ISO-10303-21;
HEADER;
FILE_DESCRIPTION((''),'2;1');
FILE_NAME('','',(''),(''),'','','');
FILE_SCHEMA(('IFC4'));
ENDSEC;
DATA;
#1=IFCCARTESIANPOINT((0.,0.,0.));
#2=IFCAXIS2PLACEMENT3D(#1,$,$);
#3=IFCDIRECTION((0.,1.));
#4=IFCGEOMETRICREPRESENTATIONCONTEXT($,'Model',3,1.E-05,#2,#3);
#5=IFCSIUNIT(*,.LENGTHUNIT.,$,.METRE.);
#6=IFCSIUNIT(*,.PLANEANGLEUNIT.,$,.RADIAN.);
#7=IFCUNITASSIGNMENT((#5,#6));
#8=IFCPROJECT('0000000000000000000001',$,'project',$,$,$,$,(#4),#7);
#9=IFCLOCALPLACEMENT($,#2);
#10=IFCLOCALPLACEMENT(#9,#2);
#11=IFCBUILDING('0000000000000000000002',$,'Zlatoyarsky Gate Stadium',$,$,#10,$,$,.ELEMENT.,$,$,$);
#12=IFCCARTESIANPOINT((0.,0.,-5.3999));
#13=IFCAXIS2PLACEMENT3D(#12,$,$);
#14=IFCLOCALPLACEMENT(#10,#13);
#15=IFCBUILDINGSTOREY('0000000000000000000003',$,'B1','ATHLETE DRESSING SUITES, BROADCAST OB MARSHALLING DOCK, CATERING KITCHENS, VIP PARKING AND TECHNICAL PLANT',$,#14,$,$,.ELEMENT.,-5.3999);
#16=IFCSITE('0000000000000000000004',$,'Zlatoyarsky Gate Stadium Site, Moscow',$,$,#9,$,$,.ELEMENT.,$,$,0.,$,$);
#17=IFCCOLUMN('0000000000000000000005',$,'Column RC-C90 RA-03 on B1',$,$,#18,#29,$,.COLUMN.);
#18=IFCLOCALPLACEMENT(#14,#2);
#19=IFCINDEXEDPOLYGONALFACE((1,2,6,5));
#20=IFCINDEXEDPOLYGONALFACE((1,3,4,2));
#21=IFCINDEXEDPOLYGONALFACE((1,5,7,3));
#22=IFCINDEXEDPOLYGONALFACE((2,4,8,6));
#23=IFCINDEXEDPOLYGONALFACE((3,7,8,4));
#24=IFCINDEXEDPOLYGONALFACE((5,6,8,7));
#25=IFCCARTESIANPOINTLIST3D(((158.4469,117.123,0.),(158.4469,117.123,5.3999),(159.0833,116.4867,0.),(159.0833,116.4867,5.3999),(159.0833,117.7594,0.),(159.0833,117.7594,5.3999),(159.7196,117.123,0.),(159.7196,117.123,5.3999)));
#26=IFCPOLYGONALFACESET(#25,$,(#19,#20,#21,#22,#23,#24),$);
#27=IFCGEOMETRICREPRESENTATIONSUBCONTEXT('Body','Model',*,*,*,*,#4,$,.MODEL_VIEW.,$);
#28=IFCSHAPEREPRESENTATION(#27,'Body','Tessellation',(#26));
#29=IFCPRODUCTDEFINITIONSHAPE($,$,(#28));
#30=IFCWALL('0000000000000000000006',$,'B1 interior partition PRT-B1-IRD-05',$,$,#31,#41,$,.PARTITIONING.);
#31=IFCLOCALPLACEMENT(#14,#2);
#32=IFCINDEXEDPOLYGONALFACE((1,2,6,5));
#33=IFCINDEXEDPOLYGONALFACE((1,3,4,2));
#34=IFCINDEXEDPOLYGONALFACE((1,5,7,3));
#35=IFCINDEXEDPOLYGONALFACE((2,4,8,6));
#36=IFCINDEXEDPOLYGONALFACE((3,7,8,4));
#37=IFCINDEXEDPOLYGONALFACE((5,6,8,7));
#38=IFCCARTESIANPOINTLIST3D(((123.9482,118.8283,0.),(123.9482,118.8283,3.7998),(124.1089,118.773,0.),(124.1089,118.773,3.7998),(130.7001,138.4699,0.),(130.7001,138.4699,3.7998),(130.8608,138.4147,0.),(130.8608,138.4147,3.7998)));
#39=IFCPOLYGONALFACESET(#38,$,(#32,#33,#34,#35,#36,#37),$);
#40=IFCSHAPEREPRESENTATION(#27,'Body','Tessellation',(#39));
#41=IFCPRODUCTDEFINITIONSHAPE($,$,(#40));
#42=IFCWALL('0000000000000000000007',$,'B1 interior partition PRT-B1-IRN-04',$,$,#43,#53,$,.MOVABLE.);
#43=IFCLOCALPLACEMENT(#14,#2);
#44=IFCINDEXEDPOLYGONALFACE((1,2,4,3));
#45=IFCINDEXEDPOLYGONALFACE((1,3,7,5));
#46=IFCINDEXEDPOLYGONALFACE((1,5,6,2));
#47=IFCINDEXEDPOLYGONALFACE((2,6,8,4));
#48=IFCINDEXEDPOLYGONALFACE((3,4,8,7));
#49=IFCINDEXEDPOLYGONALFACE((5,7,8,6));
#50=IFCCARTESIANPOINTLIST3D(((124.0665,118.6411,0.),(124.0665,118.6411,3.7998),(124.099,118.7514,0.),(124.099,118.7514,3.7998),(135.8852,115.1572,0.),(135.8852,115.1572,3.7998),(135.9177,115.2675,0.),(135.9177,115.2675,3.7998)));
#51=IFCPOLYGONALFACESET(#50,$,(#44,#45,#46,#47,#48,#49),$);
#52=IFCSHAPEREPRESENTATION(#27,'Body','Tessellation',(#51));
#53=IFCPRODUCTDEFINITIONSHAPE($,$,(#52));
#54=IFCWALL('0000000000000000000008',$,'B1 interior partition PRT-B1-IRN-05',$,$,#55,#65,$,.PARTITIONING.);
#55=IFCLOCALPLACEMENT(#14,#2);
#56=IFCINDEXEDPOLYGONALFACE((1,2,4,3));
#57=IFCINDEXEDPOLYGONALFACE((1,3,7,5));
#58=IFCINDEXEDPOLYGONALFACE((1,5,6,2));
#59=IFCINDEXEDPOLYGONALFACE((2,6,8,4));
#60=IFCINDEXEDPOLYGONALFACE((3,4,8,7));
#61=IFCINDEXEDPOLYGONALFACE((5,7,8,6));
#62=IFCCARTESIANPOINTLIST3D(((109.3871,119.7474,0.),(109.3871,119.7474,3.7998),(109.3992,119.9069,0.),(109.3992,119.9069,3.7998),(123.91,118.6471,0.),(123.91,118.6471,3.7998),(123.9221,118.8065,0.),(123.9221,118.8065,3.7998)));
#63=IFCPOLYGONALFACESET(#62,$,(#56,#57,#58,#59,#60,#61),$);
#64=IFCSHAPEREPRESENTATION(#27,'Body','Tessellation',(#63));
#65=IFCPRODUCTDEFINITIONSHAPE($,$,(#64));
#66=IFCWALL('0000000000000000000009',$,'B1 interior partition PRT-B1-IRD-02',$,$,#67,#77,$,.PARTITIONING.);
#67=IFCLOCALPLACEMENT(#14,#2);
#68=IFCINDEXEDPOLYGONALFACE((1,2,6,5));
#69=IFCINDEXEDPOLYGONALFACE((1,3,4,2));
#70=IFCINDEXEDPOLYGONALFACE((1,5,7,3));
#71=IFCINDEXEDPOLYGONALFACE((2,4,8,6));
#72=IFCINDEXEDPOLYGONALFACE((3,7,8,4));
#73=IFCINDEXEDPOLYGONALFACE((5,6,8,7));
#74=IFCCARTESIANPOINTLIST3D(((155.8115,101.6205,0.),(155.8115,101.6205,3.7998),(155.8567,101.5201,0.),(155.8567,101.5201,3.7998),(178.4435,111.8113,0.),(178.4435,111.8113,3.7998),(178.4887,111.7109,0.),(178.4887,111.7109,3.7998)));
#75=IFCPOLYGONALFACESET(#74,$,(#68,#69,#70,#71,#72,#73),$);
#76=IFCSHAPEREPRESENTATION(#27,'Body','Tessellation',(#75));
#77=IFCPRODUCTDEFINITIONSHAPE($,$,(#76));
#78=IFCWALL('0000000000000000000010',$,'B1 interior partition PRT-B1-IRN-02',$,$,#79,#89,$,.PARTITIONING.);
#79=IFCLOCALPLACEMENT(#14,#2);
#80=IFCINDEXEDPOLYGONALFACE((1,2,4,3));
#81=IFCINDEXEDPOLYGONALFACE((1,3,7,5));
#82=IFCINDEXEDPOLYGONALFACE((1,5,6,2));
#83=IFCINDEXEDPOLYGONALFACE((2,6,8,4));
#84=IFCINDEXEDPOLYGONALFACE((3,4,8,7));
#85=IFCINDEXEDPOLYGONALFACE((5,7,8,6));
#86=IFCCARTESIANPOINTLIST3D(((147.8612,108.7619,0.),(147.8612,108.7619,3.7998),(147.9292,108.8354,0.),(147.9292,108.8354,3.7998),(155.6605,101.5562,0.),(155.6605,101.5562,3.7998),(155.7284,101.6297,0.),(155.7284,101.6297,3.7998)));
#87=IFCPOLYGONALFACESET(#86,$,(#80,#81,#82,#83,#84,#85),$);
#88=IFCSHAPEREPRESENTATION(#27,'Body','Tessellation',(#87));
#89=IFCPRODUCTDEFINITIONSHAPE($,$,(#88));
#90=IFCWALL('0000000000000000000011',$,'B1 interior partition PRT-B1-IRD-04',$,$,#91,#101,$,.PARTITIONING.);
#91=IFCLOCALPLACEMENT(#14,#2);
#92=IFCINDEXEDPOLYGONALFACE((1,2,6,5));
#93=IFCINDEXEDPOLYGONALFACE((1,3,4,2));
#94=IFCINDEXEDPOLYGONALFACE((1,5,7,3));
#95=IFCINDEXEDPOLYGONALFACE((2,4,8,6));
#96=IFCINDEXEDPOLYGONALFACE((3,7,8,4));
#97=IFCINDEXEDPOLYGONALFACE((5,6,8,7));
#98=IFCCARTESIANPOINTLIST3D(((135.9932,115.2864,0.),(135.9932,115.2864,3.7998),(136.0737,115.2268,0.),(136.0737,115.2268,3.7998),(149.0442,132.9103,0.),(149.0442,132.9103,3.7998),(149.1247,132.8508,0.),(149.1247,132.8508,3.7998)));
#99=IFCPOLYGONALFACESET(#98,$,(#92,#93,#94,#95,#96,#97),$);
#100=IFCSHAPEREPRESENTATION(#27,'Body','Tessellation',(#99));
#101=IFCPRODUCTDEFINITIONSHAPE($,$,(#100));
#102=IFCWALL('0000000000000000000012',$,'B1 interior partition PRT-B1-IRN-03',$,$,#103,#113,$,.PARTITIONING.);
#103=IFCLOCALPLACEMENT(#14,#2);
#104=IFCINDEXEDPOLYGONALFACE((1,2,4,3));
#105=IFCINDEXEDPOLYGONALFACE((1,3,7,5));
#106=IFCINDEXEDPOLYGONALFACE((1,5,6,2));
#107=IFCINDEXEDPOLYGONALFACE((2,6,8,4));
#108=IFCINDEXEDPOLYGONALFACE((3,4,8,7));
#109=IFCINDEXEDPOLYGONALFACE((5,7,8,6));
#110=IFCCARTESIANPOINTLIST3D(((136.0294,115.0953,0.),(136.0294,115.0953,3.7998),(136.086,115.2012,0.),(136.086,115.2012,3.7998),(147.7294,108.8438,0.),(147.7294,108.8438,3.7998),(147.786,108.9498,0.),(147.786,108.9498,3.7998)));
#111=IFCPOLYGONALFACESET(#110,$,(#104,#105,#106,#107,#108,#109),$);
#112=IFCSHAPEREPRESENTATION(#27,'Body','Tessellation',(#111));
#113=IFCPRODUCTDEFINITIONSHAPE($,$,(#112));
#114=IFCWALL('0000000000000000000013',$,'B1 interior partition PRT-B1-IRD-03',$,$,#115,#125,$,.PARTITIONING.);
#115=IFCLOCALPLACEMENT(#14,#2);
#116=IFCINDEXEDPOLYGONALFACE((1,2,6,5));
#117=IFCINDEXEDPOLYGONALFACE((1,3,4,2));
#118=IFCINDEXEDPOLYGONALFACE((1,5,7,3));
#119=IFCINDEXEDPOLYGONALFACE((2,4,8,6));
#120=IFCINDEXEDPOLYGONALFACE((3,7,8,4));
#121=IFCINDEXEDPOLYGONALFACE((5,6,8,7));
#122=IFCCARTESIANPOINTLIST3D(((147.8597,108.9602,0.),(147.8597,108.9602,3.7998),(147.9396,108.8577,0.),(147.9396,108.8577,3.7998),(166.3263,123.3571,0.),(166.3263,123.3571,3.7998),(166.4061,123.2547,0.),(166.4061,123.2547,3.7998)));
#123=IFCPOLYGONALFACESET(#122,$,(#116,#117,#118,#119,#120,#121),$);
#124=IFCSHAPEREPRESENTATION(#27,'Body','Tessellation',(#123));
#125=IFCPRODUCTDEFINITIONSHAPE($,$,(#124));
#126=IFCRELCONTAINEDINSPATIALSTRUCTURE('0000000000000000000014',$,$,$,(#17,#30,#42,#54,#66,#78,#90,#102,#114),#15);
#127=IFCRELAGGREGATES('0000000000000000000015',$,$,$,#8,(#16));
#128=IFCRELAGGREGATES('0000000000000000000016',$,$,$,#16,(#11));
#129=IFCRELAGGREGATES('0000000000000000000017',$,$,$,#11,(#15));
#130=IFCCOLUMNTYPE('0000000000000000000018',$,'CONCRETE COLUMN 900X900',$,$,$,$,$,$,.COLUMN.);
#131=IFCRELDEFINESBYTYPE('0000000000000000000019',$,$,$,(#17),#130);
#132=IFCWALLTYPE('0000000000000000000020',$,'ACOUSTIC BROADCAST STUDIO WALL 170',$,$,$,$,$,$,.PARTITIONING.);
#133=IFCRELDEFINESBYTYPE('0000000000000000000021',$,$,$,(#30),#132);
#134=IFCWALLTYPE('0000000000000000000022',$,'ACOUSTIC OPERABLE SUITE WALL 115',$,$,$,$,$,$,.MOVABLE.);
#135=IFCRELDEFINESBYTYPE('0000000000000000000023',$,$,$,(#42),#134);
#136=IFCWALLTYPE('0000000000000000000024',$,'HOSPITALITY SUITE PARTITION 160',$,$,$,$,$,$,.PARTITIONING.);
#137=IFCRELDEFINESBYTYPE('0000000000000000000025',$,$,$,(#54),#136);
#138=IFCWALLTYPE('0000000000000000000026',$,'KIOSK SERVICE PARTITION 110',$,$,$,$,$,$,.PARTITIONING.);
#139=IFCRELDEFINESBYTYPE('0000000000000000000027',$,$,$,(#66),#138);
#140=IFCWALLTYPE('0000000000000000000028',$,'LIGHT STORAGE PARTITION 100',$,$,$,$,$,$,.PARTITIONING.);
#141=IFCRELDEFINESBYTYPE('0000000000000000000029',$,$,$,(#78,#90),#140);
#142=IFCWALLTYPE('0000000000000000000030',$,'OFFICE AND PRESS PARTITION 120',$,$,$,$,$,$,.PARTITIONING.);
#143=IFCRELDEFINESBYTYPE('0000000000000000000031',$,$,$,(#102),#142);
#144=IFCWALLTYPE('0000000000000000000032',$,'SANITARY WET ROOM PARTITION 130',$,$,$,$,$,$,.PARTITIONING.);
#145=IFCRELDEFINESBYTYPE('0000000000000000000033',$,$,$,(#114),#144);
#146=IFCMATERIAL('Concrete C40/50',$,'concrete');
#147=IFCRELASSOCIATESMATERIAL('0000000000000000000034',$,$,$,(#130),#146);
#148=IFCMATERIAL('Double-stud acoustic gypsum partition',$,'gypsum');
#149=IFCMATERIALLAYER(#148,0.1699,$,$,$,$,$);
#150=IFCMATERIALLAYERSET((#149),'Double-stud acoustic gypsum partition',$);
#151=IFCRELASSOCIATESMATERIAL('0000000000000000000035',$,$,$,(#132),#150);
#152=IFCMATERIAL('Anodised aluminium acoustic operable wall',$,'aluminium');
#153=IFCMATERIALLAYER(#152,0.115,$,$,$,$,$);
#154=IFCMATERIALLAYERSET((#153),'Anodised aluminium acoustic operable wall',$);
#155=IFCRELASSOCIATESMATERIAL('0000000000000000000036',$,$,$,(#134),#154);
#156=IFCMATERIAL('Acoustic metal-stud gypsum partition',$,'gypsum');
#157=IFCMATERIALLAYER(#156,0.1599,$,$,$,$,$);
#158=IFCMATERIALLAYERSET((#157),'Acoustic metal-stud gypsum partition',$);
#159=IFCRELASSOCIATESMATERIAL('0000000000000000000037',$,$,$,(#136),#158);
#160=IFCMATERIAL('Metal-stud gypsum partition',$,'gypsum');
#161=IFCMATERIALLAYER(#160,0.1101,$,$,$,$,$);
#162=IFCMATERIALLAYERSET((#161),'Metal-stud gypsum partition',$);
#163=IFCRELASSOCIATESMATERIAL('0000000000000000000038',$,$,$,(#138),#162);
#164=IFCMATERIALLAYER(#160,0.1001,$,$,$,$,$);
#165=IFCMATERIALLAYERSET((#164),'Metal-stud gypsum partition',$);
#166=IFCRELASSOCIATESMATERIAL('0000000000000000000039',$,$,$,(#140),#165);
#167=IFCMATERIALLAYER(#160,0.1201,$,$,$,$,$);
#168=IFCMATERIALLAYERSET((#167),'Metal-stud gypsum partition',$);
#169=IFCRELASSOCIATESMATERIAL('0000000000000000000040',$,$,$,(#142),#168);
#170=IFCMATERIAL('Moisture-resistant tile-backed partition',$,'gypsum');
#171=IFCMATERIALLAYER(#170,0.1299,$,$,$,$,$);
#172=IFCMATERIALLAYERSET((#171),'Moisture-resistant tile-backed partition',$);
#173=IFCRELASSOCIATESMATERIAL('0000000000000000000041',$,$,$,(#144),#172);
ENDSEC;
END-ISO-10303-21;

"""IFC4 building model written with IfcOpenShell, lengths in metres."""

from ifc_helpers import new_model, si_unit, direction, frame, frame_2d, origin, origin_2d, place, context, subcontext, project, spatial, rectangle, extrude, material, layer, layer_set, material_profile, profile_set, type_object, element, save


model = new_model("IFC4")

# Units and contexts
model_context = context("Model", 3, precision=1e-05, world=origin(), true_north=direction((0.0, 1.0)))
body_context = subcontext(model_context, "Body", "Model", "MODEL_VIEW")
ifc_project = project(units=[si_unit("LENGTHUNIT", "METRE"), si_unit("PLANEANGLEUNIT", "RADIAN")], contexts=[model_context])

# Site, building, storey
site_placement = place(None, origin())
site = spatial("IfcSite", under=ifc_project, at=site_placement, Name="Zlatoyarsky Gate Stadium Site, Moscow", CompositionType="ELEMENT", RefElevation=0.0)
building_placement = place(site_placement, origin())
building = spatial("IfcBuilding", under=site, at=building_placement, Name="Zlatoyarsky Gate Stadium", CompositionType="ELEMENT")
storey_placement = place(building_placement, frame((0.0, 0.0, -5.3999)))
storey = spatial("IfcBuildingStorey", under=building, at=storey_placement, Name="B1", Description="ATHLETE DRESSING SUITES, BROADCAST OB MARSHALLING DOCK, CATERING KITCHENS, VIP PARKING AND TECHNICAL PLANT", CompositionType="ELEMENT", Elevation=-5.3999)

# Column
ifc_material_1 = material(Name="Concrete C40/50", Category="concrete")
ifc_material_profile_1 = material_profile(ifc_material_1, rectangle(XDim=0.8999, YDim=0.8999, at=origin_2d()), Name="RC COL 900X900")
ifc_profile_set_1 = profile_set([ifc_material_profile_1], Name="Concrete C40/50")
column_type_1 = type_object("IfcColumnType", Name="CONCRETE COLUMN 900X900", PredefinedType="COLUMN", material=ifc_profile_set_1)
column_placement = place(storey_placement, frame((159.0833, 117.123, 0.0), z_axis=(0.0, 0.0, 1.0), x_axis=(0.707107, 0.707107, 0.0)))
element("IfcColumn", 1, at=column_placement, inside=storey, type_object=column_type_1, Name="Column RC-C90 RA-03 on B1", PredefinedType="COLUMN", context=body_context, shape_type="SweptSolid", body=[
    extrude(rectangle(XDim=0.8999, YDim=0.8999, at=origin_2d()), origin(), (0.0, 0.0, 1.0), 5.3999),
])

# Walls
ifc_material_2 = material(Name="Double-stud acoustic gypsum partition", Category="gypsum")
ifc_layer_1 = layer(ifc_material_2, 0.1699)
ifc_layer_set_1 = layer_set([ifc_layer_1], Name="Double-stud acoustic gypsum partition")
wall_type_1 = type_object("IfcWallType", Name="ACOUSTIC BROADCAST STUDIO WALL 170", PredefinedType="PARTITIONING", material=ifc_layer_set_1)
wall_1_placement = place(storey_placement, frame((124.0286, 118.8008, 0.0), z_axis=(0.0, 0.0, 1.0), x_axis=(0.325086, 0.945684, 0.0)))
element("IfcWall", 2, at=wall_1_placement, inside=storey, type_object=wall_type_1, Name="B1 interior partition PRT-B1-IRD-05", PredefinedType="PARTITIONING", context=body_context, shape_type="SweptSolid", body=[
    extrude(rectangle(XDim=20.7698, YDim=0.1699, at=frame_2d((10.3848, 0.0))), origin(), (0.0, 0.0, 1.0), 3.7998),
])
ifc_material_3 = material(Name="Anodised aluminium acoustic operable wall", Category="aluminium")
ifc_layer_2 = layer(ifc_material_3, 0.115)
ifc_layer_set_2 = layer_set([ifc_layer_2], Name="Anodised aluminium acoustic operable wall")
wall_type_2 = type_object("IfcWallType", Name="ACOUSTIC OPERABLE SUITE WALL 115", PredefinedType="MOVABLE", material=ifc_layer_set_2)
wall_2_placement = place(storey_placement, frame((135.9014, 115.2124, 0.0), z_axis=(0.0, 0.0, 1.0), x_axis=(-0.959195, 0.282746, 0.0)))
element("IfcWall", 3, at=wall_2_placement, inside=storey, type_object=wall_type_2, Name="B1 interior partition PRT-B1-IRN-04", PredefinedType="MOVABLE", context=body_context, shape_type="SweptSolid", body=[
    extrude(rectangle(XDim=12.3215, YDim=0.115, at=frame_2d((6.1606, 0.0))), origin(), (0.0, 0.0, 1.0), 3.7998),
])
ifc_material_4 = material(Name="Acoustic metal-stud gypsum partition", Category="gypsum")
ifc_layer_3 = layer(ifc_material_4, 0.1599)
ifc_layer_set_3 = layer_set([ifc_layer_3], Name="Acoustic metal-stud gypsum partition")
wall_type_3 = type_object("IfcWallType", Name="HOSPITALITY SUITE PARTITION 160", PredefinedType="PARTITIONING", material=ifc_layer_set_3)
wall_3_placement = place(storey_placement, frame((123.916, 118.7268, 0.0), z_axis=(0.0, 0.0, 1.0), x_axis=(-0.997142, 0.075549, 0.0)))
element("IfcWall", 4, at=wall_3_placement, inside=storey, type_object=wall_type_3, Name="B1 interior partition PRT-B1-IRN-05", PredefinedType="PARTITIONING", context=body_context, shape_type="SweptSolid", body=[
    extrude(rectangle(XDim=14.5645, YDim=0.1599, at=frame_2d((7.2822, 0.0))), origin(), (0.0, 0.0, 1.0), 3.7998),
])
ifc_material_5 = material(Name="Metal-stud gypsum partition", Category="gypsum")
ifc_layer_4 = layer(ifc_material_5, 0.1101)
ifc_layer_set_4 = layer_set([ifc_layer_4], Name="Metal-stud gypsum partition")
wall_type_4 = type_object("IfcWallType", Name="KIOSK SERVICE PARTITION 110", PredefinedType="PARTITIONING", material=ifc_layer_set_4)
wall_4_placement = place(storey_placement, frame((155.8342, 101.5703, 0.0), z_axis=(0.0, 0.0, 1.0), x_axis=(0.911824, 0.410582, 0.0)))
element("IfcWall", 5, at=wall_4_placement, inside=storey, type_object=wall_type_4, Name="B1 interior partition PRT-B1-IRD-02", PredefinedType="PARTITIONING", context=body_context, shape_type="SweptSolid", body=[
    extrude(rectangle(XDim=24.8206, YDim=0.1101, at=frame_2d((12.4102, 0.0))), origin(), (0.0, 0.0, 1.0), 3.7998),
])
ifc_layer_5 = layer(ifc_material_5, 0.1001)
ifc_layer_set_5 = layer_set([ifc_layer_5], Name="Metal-stud gypsum partition")
wall_type_5 = type_object("IfcWallType", Name="LIGHT STORAGE PARTITION 100", PredefinedType="PARTITIONING", material=ifc_layer_set_5)
wall_5_placement = place(storey_placement, frame((155.6943, 101.593, 0.0), z_axis=(0.0, 0.0, 1.0), x_axis=(-0.734501, 0.678608, 0.0)))
element("IfcWall", 6, at=wall_5_placement, inside=storey, type_object=wall_type_5, Name="B1 interior partition PRT-B1-IRN-02", PredefinedType="PARTITIONING", context=body_context, shape_type="SweptSolid", body=[
    extrude(rectangle(XDim=10.6184, YDim=0.1001, at=frame_2d((5.3091, 0.0))), origin(), (0.0, 0.0, 1.0), 3.7998),
])
wall_6_placement = place(storey_placement, frame((136.0334, 115.2566, 0.0), z_axis=(0.0, 0.0, 1.0), x_axis=(0.595115, 0.80364, 0.0)))
element("IfcWall", 7, at=wall_6_placement, inside=storey, type_object=wall_type_5, Name="B1 interior partition PRT-B1-IRD-04", PredefinedType="PARTITIONING", context=body_context, shape_type="SweptSolid", body=[
    extrude(rectangle(XDim=21.9302, YDim=0.1001, at=frame_2d((10.9651, 0.0))), origin(), (0.0, 0.0, 1.0), 3.7998),
])
ifc_layer_6 = layer(ifc_material_5, 0.1201)
ifc_layer_set_6 = layer_set([ifc_layer_6], Name="Metal-stud gypsum partition")
wall_type_6 = type_object("IfcWallType", Name="OFFICE AND PRESS PARTITION 120", PredefinedType="PARTITIONING", material=ifc_layer_set_6)
wall_7_placement = place(storey_placement, frame((147.7578, 108.8967, 0.0), z_axis=(0.0, 0.0, 1.0), x_axis=(-0.881993, 0.471263, 0.0)))
element("IfcWall", 8, at=wall_7_placement, inside=storey, type_object=wall_type_6, Name="B1 interior partition PRT-B1-IRN-03", PredefinedType="PARTITIONING", context=body_context, shape_type="SweptSolid", body=[
    extrude(rectangle(XDim=13.2654, YDim=0.1201, at=frame_2d((6.6328, 0.0))), origin(), (0.0, 0.0, 1.0), 3.7998),
])
ifc_material_6 = material(Name="Moisture-resistant tile-backed partition", Category="gypsum")
ifc_layer_7 = layer(ifc_material_6, 0.1299)
ifc_layer_set_7 = layer_set([ifc_layer_7], Name="Moisture-resistant tile-backed partition")
wall_type_7 = type_object("IfcWallType", Name="SANITARY WET ROOM PARTITION 130", PredefinedType="PARTITIONING", material=ifc_layer_set_7)
wall_8_placement = place(storey_placement, frame((147.8997, 108.9089, 0.0), z_axis=(0.0, 0.0, 1.0), x_axis=(0.788646, 0.614848, 0.0)))
element("IfcWall", 9, at=wall_8_placement, inside=storey, type_object=wall_type_7, Name="B1 interior partition PRT-B1-IRD-03", PredefinedType="PARTITIONING", context=body_context, shape_type="SweptSolid", body=[
    extrude(rectangle(XDim=23.4155, YDim=0.1299, at=frame_2d((11.7078, 0.0))), origin(), (0.0, 0.0, 1.0), 3.7998),
])

save(model, "model.ifc")
